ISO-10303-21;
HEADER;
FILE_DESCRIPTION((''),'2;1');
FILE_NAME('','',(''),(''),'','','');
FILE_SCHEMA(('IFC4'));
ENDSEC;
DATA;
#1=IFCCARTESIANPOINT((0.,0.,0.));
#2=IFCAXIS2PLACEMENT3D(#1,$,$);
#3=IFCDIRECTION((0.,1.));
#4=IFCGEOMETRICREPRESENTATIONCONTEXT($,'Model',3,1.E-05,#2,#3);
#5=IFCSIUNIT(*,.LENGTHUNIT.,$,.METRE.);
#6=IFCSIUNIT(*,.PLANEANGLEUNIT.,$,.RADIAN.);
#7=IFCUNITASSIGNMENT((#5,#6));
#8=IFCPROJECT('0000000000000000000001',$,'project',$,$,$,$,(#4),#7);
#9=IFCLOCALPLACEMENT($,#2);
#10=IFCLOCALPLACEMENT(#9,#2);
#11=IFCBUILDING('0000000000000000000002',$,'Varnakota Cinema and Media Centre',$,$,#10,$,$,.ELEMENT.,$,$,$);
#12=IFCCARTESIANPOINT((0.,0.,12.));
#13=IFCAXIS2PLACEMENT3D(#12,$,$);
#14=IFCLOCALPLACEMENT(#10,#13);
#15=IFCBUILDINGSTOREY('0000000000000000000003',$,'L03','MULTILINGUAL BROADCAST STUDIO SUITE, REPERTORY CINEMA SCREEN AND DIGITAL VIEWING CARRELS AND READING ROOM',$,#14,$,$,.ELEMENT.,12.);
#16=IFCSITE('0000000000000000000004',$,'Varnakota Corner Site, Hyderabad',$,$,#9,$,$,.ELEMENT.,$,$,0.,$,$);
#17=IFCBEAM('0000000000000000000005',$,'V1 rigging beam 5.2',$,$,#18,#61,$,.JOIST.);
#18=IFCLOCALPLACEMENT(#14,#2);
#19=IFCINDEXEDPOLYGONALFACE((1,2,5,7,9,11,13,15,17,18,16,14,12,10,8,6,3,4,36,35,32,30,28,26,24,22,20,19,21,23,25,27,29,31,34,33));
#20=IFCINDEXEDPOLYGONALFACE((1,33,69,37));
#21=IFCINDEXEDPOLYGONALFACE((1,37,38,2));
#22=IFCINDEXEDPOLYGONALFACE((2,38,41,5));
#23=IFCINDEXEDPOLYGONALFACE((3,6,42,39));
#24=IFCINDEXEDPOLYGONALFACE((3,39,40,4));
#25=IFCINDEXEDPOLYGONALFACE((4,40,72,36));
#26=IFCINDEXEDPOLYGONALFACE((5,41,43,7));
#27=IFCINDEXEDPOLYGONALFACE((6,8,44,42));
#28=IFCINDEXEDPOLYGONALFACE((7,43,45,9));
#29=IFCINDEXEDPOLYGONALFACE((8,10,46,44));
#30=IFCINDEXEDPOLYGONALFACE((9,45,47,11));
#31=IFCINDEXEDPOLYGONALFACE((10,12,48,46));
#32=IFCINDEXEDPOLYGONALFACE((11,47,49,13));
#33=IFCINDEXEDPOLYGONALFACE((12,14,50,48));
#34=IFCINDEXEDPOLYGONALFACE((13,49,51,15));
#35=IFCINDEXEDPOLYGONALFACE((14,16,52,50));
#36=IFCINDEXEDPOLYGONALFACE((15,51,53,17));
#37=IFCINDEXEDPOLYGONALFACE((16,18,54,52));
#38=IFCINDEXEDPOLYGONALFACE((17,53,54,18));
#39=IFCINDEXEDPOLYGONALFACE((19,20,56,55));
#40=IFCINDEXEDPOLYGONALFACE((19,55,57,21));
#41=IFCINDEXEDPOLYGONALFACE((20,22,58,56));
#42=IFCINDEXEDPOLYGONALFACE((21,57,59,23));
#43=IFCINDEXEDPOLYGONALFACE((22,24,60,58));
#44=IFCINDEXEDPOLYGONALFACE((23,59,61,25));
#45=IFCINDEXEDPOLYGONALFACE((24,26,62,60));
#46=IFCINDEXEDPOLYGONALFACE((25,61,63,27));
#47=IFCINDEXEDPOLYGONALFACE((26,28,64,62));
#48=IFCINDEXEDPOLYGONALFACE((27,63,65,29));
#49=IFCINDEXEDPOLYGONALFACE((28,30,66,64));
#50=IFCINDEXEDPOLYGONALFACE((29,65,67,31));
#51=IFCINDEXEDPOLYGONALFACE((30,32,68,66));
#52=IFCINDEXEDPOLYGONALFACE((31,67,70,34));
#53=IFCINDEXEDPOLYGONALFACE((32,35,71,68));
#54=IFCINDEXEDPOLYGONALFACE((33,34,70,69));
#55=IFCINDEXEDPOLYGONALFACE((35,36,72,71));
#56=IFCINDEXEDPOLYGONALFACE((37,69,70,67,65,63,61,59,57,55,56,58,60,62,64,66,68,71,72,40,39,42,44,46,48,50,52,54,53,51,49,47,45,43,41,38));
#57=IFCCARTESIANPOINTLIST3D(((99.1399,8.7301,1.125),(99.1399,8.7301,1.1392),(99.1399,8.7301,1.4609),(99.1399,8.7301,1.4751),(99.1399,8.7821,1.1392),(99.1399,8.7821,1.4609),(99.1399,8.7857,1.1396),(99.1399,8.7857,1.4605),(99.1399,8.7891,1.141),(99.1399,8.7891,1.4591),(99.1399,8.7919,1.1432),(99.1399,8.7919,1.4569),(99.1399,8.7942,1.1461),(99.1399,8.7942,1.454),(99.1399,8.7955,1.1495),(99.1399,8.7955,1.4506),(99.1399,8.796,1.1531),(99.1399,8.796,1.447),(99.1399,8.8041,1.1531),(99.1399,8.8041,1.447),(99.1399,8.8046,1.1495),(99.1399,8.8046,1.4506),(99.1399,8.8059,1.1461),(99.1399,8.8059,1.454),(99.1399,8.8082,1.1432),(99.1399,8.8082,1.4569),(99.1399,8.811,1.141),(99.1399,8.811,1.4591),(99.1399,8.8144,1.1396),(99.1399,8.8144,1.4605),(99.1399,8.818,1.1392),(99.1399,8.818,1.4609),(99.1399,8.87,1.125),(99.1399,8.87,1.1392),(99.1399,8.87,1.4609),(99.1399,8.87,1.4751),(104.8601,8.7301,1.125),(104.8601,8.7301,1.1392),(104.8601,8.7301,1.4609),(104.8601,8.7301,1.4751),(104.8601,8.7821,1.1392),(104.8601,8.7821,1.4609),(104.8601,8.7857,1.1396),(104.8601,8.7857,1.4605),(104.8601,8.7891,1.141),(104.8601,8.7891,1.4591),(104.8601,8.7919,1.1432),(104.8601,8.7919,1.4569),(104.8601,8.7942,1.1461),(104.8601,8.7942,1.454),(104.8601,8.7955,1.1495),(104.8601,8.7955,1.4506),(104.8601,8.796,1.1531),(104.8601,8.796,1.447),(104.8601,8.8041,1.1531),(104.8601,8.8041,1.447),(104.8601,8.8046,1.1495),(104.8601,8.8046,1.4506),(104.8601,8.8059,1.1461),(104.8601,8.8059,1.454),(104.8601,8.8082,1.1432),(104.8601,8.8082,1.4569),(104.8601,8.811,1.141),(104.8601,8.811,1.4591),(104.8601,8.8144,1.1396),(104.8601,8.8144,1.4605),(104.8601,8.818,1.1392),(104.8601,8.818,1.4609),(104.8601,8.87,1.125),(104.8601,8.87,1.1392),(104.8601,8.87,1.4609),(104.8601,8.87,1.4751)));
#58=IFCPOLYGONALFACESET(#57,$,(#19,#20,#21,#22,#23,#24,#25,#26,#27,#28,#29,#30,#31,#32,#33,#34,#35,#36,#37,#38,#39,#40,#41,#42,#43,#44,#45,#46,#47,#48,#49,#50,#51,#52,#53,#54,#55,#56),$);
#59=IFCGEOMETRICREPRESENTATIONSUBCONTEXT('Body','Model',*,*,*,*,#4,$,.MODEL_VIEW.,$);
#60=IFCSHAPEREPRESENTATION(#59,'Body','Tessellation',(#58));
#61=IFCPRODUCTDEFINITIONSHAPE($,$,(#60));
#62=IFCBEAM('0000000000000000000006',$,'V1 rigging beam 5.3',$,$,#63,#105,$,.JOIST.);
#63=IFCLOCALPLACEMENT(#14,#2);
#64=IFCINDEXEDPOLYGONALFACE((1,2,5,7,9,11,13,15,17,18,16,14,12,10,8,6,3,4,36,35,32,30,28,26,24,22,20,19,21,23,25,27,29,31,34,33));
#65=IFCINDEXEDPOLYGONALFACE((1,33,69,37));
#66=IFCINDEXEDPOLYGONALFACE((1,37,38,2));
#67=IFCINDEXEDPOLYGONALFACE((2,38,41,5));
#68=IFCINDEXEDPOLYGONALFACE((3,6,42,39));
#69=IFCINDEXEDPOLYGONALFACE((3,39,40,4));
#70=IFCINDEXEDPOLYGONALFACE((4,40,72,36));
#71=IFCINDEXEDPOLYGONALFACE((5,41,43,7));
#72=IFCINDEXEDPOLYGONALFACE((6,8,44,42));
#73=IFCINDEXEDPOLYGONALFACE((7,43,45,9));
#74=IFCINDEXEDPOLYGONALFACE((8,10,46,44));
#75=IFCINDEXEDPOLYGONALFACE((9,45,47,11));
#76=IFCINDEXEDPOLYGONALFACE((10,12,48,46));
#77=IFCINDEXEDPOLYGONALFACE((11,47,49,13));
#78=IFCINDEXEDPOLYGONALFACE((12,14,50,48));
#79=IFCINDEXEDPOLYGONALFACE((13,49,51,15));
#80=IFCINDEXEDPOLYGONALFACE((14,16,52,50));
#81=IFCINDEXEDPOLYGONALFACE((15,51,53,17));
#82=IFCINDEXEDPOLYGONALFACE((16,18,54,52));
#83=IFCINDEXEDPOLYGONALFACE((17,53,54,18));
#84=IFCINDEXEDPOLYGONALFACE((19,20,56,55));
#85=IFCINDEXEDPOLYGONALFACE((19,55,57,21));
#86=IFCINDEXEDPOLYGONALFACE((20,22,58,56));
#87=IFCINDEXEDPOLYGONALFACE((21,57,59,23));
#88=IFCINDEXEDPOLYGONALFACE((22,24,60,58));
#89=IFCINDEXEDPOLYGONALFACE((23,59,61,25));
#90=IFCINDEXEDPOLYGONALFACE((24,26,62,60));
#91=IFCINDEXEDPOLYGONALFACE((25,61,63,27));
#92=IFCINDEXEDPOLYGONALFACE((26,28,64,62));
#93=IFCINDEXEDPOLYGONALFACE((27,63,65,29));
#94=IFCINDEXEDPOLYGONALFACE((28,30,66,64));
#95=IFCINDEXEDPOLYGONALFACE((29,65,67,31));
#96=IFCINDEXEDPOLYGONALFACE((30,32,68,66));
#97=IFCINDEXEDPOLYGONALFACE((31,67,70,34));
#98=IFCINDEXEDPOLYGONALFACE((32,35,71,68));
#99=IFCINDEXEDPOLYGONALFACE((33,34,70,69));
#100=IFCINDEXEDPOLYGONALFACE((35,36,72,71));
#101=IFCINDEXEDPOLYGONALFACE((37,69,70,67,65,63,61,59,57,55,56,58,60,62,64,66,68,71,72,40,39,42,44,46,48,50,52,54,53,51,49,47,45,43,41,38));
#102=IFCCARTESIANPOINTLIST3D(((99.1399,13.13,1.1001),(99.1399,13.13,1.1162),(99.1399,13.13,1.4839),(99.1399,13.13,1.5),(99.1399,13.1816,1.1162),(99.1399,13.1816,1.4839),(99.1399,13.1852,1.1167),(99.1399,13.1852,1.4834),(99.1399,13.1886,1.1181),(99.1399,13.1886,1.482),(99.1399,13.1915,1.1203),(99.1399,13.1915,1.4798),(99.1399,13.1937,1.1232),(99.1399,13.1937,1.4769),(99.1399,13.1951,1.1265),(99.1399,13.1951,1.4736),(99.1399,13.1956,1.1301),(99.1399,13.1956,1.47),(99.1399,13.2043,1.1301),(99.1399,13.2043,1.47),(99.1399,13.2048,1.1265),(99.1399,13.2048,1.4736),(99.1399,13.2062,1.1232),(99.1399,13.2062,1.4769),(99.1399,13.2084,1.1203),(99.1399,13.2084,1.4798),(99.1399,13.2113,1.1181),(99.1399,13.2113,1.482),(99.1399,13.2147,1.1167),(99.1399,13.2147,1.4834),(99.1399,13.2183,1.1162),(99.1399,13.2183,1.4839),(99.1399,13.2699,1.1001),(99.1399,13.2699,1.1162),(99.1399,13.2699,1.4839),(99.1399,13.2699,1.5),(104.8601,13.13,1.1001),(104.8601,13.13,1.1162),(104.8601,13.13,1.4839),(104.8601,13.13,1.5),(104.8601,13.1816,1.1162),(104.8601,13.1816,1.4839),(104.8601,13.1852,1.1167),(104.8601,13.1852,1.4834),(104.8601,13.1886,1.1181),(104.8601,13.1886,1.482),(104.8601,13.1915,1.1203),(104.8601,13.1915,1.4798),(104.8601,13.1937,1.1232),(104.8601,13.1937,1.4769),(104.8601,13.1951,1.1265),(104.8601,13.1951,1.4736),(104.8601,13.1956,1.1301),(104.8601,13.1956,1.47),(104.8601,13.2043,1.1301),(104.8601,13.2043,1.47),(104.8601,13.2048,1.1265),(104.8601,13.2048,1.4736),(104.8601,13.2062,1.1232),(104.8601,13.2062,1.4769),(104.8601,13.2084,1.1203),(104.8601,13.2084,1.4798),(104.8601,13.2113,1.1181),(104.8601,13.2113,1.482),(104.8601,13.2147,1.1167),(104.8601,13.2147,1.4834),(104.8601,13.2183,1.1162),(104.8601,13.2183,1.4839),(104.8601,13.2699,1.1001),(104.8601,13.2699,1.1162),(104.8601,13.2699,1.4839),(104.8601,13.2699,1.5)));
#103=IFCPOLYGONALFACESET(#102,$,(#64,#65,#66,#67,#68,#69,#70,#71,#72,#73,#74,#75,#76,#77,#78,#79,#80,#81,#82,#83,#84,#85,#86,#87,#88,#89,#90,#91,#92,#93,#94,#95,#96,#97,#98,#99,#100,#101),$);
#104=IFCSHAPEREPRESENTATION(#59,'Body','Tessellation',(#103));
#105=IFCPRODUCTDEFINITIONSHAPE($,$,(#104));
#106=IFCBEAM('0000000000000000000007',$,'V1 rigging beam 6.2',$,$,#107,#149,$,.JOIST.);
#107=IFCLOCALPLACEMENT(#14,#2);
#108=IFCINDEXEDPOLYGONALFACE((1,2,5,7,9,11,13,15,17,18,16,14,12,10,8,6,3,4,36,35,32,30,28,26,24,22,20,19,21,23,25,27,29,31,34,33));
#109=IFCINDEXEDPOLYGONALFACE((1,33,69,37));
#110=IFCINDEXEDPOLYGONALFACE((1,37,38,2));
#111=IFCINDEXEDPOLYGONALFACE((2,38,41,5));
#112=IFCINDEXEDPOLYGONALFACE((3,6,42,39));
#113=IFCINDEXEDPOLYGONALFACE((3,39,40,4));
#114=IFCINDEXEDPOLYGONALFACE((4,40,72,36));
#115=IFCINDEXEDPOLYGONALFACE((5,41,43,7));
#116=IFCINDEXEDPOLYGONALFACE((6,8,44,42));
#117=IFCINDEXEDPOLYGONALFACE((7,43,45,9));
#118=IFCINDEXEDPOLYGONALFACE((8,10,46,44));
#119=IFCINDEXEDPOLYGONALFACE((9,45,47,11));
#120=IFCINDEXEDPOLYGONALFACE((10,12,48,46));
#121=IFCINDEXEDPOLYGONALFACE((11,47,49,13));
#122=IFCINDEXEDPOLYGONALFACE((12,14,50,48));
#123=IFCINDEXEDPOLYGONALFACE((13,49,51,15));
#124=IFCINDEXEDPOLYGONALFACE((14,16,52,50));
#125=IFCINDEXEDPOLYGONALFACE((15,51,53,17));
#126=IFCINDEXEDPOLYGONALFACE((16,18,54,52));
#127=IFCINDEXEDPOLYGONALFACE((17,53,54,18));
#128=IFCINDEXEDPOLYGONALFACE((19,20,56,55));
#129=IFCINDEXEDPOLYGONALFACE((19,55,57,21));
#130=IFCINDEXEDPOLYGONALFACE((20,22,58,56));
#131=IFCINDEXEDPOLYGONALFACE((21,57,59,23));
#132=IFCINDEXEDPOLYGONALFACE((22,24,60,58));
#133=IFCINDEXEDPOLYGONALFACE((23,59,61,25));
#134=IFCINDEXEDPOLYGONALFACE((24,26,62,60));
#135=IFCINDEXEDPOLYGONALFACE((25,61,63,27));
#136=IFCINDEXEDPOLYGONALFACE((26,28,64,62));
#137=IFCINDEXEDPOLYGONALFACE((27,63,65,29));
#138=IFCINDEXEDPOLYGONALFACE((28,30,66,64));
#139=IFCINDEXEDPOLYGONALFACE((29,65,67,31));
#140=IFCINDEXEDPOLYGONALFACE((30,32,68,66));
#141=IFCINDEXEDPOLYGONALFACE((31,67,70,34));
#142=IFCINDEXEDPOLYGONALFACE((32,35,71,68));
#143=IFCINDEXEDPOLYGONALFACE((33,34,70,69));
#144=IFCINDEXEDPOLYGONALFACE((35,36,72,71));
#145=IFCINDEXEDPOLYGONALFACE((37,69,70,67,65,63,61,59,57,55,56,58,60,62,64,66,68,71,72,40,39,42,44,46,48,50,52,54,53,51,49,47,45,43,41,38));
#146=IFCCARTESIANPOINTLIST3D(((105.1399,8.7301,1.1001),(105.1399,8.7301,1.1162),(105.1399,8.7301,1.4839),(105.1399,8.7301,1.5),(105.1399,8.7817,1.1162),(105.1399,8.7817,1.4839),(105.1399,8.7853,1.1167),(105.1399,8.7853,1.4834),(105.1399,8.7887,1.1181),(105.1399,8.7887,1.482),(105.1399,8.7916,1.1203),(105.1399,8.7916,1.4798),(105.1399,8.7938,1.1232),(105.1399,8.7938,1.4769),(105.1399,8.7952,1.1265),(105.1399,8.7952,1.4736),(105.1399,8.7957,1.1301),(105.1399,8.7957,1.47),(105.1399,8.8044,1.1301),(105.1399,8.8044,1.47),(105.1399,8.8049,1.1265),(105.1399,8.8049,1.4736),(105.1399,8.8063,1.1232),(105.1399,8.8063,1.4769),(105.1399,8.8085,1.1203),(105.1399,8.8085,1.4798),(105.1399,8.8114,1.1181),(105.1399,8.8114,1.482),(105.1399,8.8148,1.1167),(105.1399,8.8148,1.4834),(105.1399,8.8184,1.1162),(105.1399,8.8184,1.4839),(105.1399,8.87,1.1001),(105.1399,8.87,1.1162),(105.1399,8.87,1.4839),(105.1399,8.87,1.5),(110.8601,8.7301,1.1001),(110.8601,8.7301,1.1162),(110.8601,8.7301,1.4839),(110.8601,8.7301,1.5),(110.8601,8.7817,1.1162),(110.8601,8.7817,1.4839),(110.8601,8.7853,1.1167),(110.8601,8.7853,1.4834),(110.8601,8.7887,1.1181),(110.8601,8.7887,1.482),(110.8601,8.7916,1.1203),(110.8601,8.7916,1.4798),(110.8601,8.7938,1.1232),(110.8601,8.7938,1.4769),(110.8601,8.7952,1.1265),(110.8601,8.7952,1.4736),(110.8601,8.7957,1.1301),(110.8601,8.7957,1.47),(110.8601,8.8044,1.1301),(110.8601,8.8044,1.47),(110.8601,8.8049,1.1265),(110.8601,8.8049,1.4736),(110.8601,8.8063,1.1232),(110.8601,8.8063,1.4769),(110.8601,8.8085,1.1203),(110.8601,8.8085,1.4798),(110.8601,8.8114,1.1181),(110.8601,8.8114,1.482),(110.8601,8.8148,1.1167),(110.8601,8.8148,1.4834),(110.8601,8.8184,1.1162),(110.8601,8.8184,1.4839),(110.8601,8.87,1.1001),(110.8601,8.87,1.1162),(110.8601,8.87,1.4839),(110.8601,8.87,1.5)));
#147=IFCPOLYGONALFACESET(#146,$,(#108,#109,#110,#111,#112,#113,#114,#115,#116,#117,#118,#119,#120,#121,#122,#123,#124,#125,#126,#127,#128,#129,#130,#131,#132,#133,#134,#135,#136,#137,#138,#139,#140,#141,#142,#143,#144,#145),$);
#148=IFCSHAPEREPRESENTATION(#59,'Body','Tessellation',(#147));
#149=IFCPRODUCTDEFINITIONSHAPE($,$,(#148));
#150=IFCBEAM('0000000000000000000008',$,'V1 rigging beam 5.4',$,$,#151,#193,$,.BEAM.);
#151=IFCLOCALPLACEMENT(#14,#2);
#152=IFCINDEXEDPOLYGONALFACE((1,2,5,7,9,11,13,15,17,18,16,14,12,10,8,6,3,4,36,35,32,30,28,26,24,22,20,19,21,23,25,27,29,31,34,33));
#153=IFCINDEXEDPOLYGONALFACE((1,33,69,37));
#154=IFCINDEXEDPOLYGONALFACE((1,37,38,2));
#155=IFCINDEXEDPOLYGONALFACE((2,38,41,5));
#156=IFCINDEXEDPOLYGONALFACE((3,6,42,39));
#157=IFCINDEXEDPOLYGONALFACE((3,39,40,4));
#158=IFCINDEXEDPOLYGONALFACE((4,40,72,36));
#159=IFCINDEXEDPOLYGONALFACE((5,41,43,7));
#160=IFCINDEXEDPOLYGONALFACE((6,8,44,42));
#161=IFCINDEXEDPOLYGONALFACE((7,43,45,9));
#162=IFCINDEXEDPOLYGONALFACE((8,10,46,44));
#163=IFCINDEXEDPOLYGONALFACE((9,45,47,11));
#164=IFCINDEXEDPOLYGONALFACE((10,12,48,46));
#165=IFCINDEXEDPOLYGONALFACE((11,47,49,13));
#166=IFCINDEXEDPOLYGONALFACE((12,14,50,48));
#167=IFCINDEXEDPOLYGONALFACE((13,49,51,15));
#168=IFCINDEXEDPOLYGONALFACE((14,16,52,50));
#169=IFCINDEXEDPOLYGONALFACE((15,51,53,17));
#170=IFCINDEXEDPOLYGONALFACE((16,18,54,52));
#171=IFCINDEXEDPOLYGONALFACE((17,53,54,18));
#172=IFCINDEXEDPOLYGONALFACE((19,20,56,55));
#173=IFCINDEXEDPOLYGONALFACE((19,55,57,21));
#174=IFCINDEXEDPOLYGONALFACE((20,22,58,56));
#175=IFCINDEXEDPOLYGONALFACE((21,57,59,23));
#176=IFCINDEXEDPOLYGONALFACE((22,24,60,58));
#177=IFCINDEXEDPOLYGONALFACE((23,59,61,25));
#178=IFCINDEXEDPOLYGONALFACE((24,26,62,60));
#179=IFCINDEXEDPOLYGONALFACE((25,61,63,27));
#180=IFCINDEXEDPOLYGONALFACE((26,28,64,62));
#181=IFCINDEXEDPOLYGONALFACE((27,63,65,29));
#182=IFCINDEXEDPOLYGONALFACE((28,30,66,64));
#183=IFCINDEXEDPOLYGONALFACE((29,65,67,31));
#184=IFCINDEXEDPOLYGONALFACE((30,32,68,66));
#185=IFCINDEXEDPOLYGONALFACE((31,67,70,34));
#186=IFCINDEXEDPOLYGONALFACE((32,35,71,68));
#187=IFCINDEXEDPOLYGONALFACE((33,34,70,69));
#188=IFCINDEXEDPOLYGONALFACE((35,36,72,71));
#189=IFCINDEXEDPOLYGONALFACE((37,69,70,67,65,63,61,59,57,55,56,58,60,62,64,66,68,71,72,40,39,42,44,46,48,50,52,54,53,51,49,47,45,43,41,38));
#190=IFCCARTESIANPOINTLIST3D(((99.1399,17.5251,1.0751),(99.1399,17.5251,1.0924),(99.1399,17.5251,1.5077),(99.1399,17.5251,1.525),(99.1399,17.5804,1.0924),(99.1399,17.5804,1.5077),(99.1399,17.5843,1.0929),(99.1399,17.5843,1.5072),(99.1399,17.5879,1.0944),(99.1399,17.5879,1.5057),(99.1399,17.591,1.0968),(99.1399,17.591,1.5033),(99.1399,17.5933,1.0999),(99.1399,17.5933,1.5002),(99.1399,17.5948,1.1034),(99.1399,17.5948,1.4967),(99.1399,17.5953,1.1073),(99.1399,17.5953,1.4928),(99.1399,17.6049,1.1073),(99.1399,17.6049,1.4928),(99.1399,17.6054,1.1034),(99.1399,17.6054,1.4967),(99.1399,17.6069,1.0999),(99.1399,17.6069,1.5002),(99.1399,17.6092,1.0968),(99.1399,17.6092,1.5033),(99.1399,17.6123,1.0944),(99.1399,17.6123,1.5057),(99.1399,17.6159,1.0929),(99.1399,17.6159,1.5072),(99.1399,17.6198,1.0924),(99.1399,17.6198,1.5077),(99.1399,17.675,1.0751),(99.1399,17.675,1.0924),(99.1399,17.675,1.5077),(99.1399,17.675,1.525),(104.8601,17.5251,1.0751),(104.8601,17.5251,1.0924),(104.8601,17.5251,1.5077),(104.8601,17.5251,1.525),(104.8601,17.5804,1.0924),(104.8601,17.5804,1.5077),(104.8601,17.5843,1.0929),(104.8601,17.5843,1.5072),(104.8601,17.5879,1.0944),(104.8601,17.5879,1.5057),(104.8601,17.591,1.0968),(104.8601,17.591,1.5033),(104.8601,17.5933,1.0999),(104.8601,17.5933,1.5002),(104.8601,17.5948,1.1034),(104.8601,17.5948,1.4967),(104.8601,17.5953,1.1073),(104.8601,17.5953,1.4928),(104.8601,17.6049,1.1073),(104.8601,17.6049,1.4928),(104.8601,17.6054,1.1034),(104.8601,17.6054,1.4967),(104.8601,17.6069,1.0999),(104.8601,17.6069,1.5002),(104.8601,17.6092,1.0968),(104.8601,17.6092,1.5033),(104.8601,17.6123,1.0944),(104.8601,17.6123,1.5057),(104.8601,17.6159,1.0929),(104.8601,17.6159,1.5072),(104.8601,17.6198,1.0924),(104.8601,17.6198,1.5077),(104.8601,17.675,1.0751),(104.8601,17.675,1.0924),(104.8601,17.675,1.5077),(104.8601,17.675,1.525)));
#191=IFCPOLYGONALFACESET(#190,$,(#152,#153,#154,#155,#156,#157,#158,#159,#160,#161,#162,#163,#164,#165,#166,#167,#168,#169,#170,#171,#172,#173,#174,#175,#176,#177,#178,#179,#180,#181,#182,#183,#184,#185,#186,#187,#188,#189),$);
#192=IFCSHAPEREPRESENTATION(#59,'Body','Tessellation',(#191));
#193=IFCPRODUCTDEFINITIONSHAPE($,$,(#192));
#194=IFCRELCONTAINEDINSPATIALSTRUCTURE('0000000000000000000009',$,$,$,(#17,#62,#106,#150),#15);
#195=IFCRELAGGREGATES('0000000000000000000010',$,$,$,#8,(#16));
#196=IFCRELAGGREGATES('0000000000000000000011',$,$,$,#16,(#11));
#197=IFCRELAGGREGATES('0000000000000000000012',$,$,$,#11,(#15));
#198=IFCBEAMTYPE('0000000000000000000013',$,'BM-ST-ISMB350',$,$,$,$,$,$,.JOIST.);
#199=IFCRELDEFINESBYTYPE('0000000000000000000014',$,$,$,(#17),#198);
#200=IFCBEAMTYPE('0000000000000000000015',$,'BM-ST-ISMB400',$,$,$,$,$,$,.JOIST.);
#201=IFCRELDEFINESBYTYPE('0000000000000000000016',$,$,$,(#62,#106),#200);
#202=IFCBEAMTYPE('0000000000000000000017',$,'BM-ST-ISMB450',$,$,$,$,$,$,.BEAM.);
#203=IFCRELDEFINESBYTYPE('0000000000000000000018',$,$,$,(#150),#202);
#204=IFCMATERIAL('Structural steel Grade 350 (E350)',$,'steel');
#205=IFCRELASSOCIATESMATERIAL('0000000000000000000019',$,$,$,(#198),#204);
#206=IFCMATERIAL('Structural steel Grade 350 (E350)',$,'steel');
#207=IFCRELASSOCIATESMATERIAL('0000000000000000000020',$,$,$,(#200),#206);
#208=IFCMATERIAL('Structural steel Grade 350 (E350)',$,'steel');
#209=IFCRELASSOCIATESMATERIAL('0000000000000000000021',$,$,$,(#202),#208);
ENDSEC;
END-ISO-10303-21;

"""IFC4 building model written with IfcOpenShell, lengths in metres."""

from ifc_helpers import new_model, si_unit, direction, frame, origin, origin_2d, place, context, subcontext, project, spatial, i_section, extrude, material, material_profile, profile_set, type_object, element, save


model = new_model("IFC4")

# Units and contexts
model_context = context("Model", 3, precision=1e-05, world=origin(), true_north=direction((0.0, 1.0)))
body_context = subcontext(model_context, "Body", "Model", "MODEL_VIEW")
ifc_project = project(units=[si_unit("LENGTHUNIT", "METRE"), si_unit("PLANEANGLEUNIT", "RADIAN")], contexts=[model_context])

# Site, building, storey
site_placement = place(None, origin())
site = spatial("IfcSite", under=ifc_project, at=site_placement, Name="Varnakota Corner Site, Hyderabad", CompositionType="ELEMENT", RefElevation=0.0)
building_placement = place(site_placement, origin())
building = spatial("IfcBuilding", under=site, at=building_placement, Name="Varnakota Cinema and Media Centre", CompositionType="ELEMENT")
storey_placement = place(building_placement, frame((0.0, 0.0, 12.0)))
storey = spatial("IfcBuildingStorey", under=building, at=storey_placement, Name="L03", Description="MULTILINGUAL BROADCAST STUDIO SUITE, REPERTORY CINEMA SCREEN AND DIGITAL VIEWING CARRELS AND READING ROOM", CompositionType="ELEMENT", Elevation=12.0)

# Beams
ifc_material_1 = material(Name="Structural steel Grade 350 (E350)", Category="steel")
ifc_material_profile_1 = material_profile(ifc_material_1, i_section(OverallWidth=0.1399, OverallDepth=0.3501, WebThickness=0.0081, FlangeThickness=0.0142, FilletRadius=0.0139, at=origin_2d()), Name="ISMB 350")
ifc_profile_set_1 = profile_set([ifc_material_profile_1], Name="Structural steel Grade 350 (E350)")
beam_type_1 = type_object("IfcBeamType", Name="BM-ST-ISMB350", PredefinedType="JOIST", material=ifc_profile_set_1)
beam_placement = place(storey_placement, frame((99.1399, 8.8, 1.3), z_axis=(1.0, 0.0, 0.0), x_axis=(0.0, 1.0, 0.0)))
element("IfcBeam", 1, at=beam_placement, inside=storey, type_object=beam_type_1, Name="V1 rigging beam 5.2", PredefinedType="JOIST", context=body_context, shape_type="SweptSolid", body=[
    extrude(i_section(OverallWidth=0.1399, OverallDepth=0.3501, WebThickness=0.0081, FlangeThickness=0.0142, FilletRadius=0.0139, at=origin_2d()), origin(), (0.0, 0.0, 1.0), 5.7202),
])
ifc_material_2 = material(Name="Structural steel Grade 350 (E350)", Category="steel")
ifc_material_profile_2 = material_profile(ifc_material_2, i_section(OverallWidth=0.1399, OverallDepth=0.3999, WebThickness=0.0088, FlangeThickness=0.0161, FilletRadius=0.0139, at=origin_2d()), Name="ISMB 400")
ifc_profile_set_2 = profile_set([ifc_material_profile_2], Name="Structural steel Grade 350 (E350)")
beam_type_2 = type_object("IfcBeamType", Name="BM-ST-ISMB400", PredefinedType="JOIST", material=ifc_profile_set_2)
for number, where, z_axis, x_axis, name in (
    (2, (99.1399, 13.2, 1.3), (1.0, 0.0, 0.0), (0.0, 1.0, 0.0), "V1 rigging beam 5.3"),
    (3, (105.1399, 8.8, 1.3), (1.0, 0.0, 0.0), (0.0, 1.0, 0.0), "V1 rigging beam 6.2"),
):
    element("IfcBeam", number, at=place(storey_placement, frame(where, z_axis=z_axis, x_axis=x_axis)), inside=storey, type_object=beam_type_2, Name=name, PredefinedType="JOIST", context=body_context, shape_type="SweptSolid", body=[
        extrude(i_section(OverallWidth=0.1399, OverallDepth=0.3999, WebThickness=0.0088, FlangeThickness=0.0161, FilletRadius=0.0139, at=origin_2d()), origin(), (0.0, 0.0, 1.0), 5.7202),
    ])
ifc_material_3 = material(Name="Structural steel Grade 350 (E350)", Category="steel")
ifc_material_profile_3 = material_profile(ifc_material_3, i_section(OverallWidth=0.1499, OverallDepth=0.45, WebThickness=0.0095, FlangeThickness=0.0173, FilletRadius=0.0149, at=origin_2d()), Name="ISMB 450")
ifc_profile_set_3 = profile_set([ifc_material_profile_3], Name="Structural steel Grade 350 (E350)")
beam_type_3 = type_object("IfcBeamType", Name="BM-ST-ISMB450", PredefinedType="BEAM", material=ifc_profile_set_3)
for number, where, z_axis, x_axis, name in (
    (4, (99.1399, 17.6001, 1.3), (1.0, 0.0, 0.0), (0.0, 1.0, 0.0), "V1 rigging beam 5.4"),
):
    element("IfcBeam", number, at=place(storey_placement, frame(where, z_axis=z_axis, x_axis=x_axis)), inside=storey, type_object=beam_type_3, Name=name, PredefinedType="BEAM", context=body_context, shape_type="SweptSolid", body=[
        extrude(i_section(OverallWidth=0.1499, OverallDepth=0.45, WebThickness=0.0095, FlangeThickness=0.0173, FilletRadius=0.0149, at=origin_2d()), origin(), (0.0, 0.0, 1.0), 5.7202),
    ])

save(model, "model.ifc")
